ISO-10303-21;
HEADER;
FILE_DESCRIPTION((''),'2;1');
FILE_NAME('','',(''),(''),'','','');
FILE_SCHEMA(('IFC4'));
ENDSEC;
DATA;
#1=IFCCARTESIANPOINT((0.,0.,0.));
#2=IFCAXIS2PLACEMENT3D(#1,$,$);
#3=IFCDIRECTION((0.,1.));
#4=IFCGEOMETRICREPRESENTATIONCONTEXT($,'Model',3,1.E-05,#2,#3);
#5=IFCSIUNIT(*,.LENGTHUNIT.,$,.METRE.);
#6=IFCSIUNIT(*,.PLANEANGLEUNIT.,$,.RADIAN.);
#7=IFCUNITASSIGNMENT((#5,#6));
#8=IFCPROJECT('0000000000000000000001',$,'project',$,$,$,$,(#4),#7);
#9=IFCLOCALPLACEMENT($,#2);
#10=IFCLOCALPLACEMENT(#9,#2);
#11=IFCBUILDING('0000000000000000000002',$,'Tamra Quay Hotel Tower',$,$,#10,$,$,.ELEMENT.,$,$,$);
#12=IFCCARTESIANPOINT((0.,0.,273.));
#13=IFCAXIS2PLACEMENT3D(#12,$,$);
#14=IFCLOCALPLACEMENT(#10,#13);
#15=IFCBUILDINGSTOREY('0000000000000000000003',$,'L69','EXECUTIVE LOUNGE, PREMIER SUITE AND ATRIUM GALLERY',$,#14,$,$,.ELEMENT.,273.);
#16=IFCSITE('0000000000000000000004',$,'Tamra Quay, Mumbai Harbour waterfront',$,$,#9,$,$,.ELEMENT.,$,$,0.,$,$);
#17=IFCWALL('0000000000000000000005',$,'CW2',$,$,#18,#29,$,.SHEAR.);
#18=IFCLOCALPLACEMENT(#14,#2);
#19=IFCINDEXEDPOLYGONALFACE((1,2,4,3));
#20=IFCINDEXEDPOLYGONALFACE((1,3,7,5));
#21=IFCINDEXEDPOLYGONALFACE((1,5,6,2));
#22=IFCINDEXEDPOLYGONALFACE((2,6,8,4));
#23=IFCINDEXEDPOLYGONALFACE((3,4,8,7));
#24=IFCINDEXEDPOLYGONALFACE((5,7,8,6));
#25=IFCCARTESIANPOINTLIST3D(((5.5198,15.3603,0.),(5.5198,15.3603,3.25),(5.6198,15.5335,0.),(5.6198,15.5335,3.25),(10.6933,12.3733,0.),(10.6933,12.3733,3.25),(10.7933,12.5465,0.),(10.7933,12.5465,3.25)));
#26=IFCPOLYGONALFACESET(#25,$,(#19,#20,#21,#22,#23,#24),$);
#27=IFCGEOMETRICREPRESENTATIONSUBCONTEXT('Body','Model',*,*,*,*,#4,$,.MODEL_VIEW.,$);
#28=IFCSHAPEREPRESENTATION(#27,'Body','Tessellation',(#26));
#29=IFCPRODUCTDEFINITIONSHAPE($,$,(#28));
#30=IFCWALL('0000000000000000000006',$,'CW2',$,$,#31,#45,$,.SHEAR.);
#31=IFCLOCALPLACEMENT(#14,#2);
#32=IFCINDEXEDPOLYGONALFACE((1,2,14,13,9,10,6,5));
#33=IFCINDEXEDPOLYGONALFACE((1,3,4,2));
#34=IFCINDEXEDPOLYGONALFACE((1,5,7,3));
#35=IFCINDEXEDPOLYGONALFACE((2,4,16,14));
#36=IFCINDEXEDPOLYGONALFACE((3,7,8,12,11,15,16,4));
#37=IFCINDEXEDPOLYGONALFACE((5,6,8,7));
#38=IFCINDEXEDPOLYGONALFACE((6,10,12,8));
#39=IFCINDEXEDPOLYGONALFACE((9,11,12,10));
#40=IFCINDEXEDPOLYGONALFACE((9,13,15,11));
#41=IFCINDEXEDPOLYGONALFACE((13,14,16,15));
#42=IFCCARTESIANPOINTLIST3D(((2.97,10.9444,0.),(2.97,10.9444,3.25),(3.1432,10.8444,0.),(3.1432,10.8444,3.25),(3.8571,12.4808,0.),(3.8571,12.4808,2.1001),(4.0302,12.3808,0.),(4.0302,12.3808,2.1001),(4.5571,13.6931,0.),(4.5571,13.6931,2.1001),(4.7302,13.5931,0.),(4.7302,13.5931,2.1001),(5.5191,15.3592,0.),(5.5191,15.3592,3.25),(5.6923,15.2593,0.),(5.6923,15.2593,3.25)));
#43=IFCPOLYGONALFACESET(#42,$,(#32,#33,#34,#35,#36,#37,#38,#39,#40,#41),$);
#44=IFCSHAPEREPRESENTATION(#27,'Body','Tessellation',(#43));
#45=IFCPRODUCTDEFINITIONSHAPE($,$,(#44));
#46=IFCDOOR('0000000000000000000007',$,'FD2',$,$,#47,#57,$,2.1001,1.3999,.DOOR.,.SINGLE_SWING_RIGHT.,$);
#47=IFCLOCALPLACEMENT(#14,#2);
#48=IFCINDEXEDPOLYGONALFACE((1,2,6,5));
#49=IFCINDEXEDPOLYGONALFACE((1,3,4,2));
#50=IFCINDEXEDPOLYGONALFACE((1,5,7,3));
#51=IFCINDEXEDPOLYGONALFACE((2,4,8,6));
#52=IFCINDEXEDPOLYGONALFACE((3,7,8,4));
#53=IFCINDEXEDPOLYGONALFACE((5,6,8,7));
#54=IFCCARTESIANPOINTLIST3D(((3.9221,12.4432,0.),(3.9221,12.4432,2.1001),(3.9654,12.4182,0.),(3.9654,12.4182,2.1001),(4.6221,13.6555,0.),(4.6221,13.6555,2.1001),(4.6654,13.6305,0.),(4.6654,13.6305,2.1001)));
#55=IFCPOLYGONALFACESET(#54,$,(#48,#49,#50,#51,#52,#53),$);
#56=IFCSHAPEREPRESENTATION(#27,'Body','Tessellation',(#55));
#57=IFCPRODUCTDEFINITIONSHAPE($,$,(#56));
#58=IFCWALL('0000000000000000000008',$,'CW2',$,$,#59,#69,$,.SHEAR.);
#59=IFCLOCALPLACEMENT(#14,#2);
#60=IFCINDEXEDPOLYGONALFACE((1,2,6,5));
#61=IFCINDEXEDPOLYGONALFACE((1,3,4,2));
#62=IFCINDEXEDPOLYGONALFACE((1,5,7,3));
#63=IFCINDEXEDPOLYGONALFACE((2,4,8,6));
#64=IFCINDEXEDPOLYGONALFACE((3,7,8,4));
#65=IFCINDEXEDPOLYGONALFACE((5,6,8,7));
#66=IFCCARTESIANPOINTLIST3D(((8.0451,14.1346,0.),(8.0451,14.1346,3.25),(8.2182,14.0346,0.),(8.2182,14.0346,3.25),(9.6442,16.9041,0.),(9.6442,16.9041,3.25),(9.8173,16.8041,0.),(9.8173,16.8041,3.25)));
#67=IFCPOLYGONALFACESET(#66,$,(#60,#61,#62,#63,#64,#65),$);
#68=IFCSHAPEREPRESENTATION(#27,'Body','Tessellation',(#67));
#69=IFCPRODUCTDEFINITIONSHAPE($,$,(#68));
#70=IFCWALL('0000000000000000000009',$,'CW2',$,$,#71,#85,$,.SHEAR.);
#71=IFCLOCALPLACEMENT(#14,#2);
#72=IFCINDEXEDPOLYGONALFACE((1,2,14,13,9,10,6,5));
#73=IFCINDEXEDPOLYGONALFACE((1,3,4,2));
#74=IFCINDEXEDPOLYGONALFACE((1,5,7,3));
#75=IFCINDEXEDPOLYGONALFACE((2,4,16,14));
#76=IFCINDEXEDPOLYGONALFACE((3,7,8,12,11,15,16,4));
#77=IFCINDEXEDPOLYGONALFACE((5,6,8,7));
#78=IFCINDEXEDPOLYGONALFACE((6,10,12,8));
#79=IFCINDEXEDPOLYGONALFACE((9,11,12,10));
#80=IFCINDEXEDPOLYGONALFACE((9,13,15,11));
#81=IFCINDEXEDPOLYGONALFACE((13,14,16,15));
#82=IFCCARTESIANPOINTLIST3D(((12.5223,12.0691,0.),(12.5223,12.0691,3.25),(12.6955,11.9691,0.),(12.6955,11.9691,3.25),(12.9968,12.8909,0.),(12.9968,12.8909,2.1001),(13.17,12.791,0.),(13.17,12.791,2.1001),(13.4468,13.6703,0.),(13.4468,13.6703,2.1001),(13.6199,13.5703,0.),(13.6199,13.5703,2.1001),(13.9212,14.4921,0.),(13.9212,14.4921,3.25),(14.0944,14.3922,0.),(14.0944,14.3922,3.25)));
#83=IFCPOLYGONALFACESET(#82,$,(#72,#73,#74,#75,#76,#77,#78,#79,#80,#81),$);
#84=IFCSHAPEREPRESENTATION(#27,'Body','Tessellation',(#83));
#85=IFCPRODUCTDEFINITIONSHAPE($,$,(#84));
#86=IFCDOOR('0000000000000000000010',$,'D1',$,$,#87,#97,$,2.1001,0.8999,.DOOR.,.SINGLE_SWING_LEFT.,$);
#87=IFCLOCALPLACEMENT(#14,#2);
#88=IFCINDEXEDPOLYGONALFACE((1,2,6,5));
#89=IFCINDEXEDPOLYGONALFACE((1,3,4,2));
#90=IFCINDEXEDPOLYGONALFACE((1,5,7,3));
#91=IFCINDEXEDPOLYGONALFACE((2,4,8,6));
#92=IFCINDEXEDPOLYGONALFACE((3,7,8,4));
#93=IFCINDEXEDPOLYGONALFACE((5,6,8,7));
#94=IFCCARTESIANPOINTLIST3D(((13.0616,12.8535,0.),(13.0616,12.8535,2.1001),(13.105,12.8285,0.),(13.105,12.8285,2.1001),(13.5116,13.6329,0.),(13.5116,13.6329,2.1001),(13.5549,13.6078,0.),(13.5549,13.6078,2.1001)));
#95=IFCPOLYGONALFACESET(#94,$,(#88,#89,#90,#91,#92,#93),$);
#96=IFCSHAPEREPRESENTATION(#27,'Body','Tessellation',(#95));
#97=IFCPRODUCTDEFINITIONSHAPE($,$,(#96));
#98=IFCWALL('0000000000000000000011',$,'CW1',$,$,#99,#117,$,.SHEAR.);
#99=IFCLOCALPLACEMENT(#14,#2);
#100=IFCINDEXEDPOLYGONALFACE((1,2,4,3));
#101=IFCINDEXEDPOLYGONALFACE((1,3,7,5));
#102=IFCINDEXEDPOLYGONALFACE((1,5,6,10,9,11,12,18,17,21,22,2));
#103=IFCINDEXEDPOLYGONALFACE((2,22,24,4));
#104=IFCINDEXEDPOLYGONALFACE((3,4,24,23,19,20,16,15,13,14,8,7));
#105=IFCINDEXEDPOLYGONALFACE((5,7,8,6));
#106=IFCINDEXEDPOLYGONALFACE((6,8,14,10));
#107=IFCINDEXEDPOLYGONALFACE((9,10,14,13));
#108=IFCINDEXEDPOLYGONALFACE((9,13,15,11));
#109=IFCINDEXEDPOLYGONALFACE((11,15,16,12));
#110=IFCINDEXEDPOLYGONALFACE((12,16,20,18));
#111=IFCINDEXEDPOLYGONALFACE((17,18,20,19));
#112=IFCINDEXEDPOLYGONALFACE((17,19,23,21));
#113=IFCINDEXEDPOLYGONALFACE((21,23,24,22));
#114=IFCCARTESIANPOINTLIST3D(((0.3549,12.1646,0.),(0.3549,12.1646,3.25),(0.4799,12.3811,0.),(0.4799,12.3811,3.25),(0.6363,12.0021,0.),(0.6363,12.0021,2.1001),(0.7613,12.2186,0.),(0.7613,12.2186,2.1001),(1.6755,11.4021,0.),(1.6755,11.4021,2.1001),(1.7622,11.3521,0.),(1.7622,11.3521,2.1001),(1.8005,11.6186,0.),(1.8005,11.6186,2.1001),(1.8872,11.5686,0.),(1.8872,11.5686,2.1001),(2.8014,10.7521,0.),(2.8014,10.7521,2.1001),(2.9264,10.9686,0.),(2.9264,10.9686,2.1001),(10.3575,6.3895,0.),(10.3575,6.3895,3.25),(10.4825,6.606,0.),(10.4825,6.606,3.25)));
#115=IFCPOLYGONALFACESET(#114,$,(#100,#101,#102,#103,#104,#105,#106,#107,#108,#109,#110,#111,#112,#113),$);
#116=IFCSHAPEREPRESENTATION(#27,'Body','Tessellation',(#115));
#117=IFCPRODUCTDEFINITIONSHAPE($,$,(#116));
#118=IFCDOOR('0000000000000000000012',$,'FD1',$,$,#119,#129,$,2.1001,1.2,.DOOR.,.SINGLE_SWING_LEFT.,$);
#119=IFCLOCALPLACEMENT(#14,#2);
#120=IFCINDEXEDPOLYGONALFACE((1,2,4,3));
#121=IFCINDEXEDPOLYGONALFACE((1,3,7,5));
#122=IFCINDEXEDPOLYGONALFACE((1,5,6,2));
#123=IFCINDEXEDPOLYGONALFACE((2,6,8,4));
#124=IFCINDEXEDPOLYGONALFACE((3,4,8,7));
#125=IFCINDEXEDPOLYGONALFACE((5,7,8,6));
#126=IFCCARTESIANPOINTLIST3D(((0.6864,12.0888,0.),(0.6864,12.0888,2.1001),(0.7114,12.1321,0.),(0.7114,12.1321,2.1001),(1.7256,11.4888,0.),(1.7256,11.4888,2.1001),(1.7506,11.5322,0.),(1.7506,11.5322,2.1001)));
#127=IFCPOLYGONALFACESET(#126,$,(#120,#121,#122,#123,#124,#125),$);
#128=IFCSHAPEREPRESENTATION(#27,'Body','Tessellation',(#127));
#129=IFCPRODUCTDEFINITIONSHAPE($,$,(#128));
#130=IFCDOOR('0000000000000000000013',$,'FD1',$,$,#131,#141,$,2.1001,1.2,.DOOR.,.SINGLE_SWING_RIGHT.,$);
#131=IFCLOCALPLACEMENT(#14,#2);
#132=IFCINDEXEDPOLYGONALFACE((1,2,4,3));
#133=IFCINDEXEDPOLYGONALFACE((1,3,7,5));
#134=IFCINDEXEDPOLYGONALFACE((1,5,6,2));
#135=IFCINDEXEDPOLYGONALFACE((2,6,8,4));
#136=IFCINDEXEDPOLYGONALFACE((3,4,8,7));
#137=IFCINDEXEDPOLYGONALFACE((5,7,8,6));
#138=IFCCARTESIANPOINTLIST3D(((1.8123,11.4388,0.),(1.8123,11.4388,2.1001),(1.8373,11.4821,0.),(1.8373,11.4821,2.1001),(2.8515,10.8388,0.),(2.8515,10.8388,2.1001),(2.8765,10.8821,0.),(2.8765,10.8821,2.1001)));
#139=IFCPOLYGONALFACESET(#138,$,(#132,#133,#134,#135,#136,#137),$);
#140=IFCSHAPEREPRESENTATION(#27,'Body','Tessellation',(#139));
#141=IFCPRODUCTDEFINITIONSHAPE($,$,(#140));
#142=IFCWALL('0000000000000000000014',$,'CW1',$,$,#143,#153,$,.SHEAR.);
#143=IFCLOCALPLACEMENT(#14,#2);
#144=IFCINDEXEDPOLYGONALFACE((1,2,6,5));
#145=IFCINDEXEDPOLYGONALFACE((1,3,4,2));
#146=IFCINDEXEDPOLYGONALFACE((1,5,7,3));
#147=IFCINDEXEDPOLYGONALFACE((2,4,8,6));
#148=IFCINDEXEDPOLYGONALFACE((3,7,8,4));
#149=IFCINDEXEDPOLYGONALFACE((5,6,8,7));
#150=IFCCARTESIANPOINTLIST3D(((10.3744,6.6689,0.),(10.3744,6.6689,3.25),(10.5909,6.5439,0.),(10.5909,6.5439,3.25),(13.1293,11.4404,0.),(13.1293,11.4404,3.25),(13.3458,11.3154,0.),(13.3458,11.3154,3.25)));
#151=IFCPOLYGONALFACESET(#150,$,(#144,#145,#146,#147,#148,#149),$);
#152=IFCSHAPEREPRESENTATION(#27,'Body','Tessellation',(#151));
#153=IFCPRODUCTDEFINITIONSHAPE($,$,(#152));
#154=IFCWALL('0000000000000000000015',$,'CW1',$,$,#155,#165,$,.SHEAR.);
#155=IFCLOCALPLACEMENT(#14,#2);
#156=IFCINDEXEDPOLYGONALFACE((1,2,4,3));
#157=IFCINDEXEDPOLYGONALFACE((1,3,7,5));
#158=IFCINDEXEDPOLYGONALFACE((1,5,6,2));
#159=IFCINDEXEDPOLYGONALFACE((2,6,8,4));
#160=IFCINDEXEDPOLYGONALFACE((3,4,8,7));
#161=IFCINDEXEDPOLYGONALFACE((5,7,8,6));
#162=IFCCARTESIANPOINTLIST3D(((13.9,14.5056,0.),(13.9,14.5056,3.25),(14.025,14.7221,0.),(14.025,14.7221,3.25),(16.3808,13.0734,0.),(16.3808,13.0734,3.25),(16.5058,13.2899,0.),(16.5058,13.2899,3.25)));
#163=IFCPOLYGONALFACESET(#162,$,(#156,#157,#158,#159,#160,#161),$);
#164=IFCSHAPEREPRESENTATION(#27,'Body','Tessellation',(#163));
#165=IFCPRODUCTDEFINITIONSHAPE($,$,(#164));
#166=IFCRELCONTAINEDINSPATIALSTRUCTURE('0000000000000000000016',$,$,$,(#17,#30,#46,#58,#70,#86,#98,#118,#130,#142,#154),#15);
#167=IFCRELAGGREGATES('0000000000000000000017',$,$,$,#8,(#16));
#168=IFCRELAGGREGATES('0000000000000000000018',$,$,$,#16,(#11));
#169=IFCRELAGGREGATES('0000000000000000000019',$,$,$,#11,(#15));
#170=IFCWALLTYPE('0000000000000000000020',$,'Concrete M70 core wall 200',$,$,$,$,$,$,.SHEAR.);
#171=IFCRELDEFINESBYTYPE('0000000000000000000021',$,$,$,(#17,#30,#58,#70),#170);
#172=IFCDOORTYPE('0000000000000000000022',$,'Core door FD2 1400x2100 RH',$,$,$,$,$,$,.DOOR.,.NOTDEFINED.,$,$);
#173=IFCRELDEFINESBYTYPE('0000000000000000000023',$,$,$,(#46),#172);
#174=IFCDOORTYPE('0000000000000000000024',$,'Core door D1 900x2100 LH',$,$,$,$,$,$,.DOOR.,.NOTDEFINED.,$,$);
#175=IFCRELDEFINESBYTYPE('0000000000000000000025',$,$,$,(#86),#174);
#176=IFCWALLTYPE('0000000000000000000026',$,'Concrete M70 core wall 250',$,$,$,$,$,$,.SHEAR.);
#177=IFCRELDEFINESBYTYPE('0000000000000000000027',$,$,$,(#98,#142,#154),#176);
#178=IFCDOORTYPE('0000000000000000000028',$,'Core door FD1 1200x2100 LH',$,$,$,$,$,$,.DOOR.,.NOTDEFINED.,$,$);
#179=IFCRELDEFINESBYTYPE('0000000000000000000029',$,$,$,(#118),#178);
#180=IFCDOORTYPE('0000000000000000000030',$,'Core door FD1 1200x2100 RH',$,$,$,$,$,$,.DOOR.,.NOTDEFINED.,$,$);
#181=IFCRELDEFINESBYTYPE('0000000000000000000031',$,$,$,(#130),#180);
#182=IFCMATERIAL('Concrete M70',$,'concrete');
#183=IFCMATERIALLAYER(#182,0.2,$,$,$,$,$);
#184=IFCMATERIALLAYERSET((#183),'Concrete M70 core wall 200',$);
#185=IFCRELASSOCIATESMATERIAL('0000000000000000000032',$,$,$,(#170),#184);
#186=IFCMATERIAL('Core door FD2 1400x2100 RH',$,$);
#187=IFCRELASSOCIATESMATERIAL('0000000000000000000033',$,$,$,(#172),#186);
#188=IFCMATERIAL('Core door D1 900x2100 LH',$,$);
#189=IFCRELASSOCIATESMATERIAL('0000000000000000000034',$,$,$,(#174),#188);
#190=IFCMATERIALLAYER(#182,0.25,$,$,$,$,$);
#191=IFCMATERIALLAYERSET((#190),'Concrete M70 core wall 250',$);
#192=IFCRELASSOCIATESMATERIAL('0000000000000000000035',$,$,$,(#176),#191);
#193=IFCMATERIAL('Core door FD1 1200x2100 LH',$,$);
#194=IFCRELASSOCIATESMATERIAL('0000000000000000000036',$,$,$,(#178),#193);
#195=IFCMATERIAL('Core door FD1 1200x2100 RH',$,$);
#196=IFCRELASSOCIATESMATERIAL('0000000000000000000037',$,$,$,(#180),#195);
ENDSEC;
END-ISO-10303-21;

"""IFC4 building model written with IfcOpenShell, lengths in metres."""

from ifc_helpers import new_model, si_unit, direction, frame, frame_2d, origin, place, context, subcontext, project, spatial, rectangle, extrude, material, layer, layer_set, type_object, element, fill, save


model = new_model("IFC4")

# Units and contexts
model_context = context("Model", 3, precision=1e-05, world=origin(), true_north=direction((0.0, 1.0)))
body_context = subcontext(model_context, "Body", "Model", "MODEL_VIEW")
ifc_project = project(units=[si_unit("LENGTHUNIT", "METRE"), si_unit("PLANEANGLEUNIT", "RADIAN")], contexts=[model_context])

# Site, building, storey
site_placement = place(None, origin())
site = spatial("IfcSite", under=ifc_project, at=site_placement, Name="Tamra Quay, Mumbai Harbour waterfront", CompositionType="ELEMENT", RefElevation=0.0)
building_placement = place(site_placement, origin())
building = spatial("IfcBuilding", under=site, at=building_placement, Name="Tamra Quay Hotel Tower", CompositionType="ELEMENT")
storey_placement = place(building_placement, frame((0.0, 0.0, 273.0)))
storey = spatial("IfcBuildingStorey", under=building, at=storey_placement, Name="L69", Description="EXECUTIVE LOUNGE, PREMIER SUITE AND ATRIUM GALLERY", CompositionType="ELEMENT", Elevation=273.0)

# Wall
ifc_material_1 = material(Name="Concrete M70", Category="concrete")
ifc_layer_1 = layer(ifc_material_1, 0.2)
ifc_layer_set_1 = layer_set([ifc_layer_1], Name="Concrete M70 core wall 200")
wall_type_1 = type_object("IfcWallType", Name="Concrete M70 core wall 200", PredefinedType="SHEAR", material=ifc_layer_set_1)
wall_1_placement = place(storey_placement, frame((10.7432, 12.46, 0.0), z_axis=(0.0, 0.0, 1.0), x_axis=(-0.866019, 0.500011, 0.0)))
element("IfcWall", 1, at=wall_1_placement, inside=storey, type_object=wall_type_1, Name="CW2", PredefinedType="SHEAR", context=body_context, shape_type="SweptSolid", body=[
    extrude(rectangle(XDim=5.9739, YDim=0.2, at=frame_2d((2.9868, 0.0))), origin(), (0.0, 0.0, 1.0), 3.25),
])

# Wall, opening, door
wall_2_placement = place(storey_placement, frame((3.0566, 10.8945, 0.0), z_axis=(0.0, 0.0, 1.0), x_axis=(0.500028, 0.866009, 0.0)))
wall_2 = element("IfcWall", 2, at=wall_2_placement, inside=storey, type_object=wall_type_1, Name="CW2", PredefinedType="SHEAR", context=body_context, shape_type="SweptSolid", body=[
    extrude(rectangle(XDim=5.0979, YDim=0.2, at=frame_2d((2.5488, 0.0))), origin(), (0.0, 0.0, 1.0), 3.25),
])
opening_1_placement = place(wall_2_placement, frame((1.7739, 0.0, 0.0)))
opening_1 = element("IfcOpeningElement", 3, at=opening_1_placement, cuts=wall_2, PredefinedType="OPENING", context=body_context, shape_type="SweptSolid", body=[
    extrude(rectangle(XDim=1.3999, YDim=2.1001, at=frame_2d((0.7, 1.05))), frame((0.0, 0.1099, 0.0), z_axis=(0.0, -1.0, 0.0), x_axis=(1.0, 0.0, 0.0)), (0.0, 0.0, 1.0), 0.22),
])
ifc_material_2 = material(Name="Core door FD2 1400x2100 RH")
door_type_1 = type_object("IfcDoorType", Name="Core door FD2 1400x2100 RH", OperationType="NOTDEFINED", PredefinedType="DOOR", material=ifc_material_2)
door_1_placement = place(opening_1_placement, origin())
door_1 = element("IfcDoor", 4, at=door_1_placement, inside=storey, type_object=door_type_1, Name="FD2", OperationType="SINGLE_SWING_RIGHT", OverallHeight=2.1001, OverallWidth=1.3999, PredefinedType="DOOR", context=body_context, shape_type="SweptSolid", body=[
    extrude(rectangle(XDim=1.3999, YDim=2.1001, at=frame_2d((0.7, 1.05))), frame((0.0, 0.0249, 0.0), z_axis=(0.0, -1.0, 0.0), x_axis=(1.0, 0.0, 0.0)), (0.0, 0.0, 1.0), 0.05),
])
fill(opening_1, door_1)

# Wall
wall_3_placement = place(storey_placement, frame((8.1316, 14.0845, 0.0), z_axis=(0.0, 0.0, 1.0), x_axis=(0.500031, 0.866008, 0.0)))
element("IfcWall", 5, at=wall_3_placement, inside=storey, type_object=wall_type_1, Name="CW2", PredefinedType="SHEAR", context=body_context, shape_type="SweptSolid", body=[
    extrude(rectangle(XDim=3.198, YDim=0.2, at=frame_2d((1.5991, 0.0))), origin(), (0.0, 0.0, 1.0), 3.25),
])

# Wall, opening, door
wall_4_placement = place(storey_placement, frame((14.0078, 14.4421, 0.0), z_axis=(0.0, 0.0, 1.0), x_axis=(-0.499987, -0.866033, 0.0)))
wall_4 = element("IfcWall", 6, at=wall_4_placement, inside=storey, type_object=wall_type_1, Name="CW2", PredefinedType="SHEAR", context=body_context, shape_type="SweptSolid", body=[
    extrude(rectangle(XDim=2.7979, YDim=0.2, at=frame_2d((1.3989, 0.0))), origin(), (0.0, 0.0, 1.0), 3.25),
])
opening_2_placement = place(wall_4_placement, frame((0.949, 0.0, 0.0)))
opening_2 = element("IfcOpeningElement", 7, at=opening_2_placement, cuts=wall_4, PredefinedType="OPENING", context=body_context, shape_type="SweptSolid", body=[
    extrude(rectangle(XDim=0.8999, YDim=2.1001, at=frame_2d((0.45, 1.05))), frame((0.0, 0.1099, 0.0), z_axis=(0.0, -1.0, 0.0), x_axis=(1.0, 0.0, 0.0)), (0.0, 0.0, 1.0), 0.22),
])
ifc_material_3 = material(Name="Core door D1 900x2100 LH")
door_type_2 = type_object("IfcDoorType", Name="Core door D1 900x2100 LH", OperationType="NOTDEFINED", PredefinedType="DOOR", material=ifc_material_3)
door_2_placement = place(opening_2_placement, origin())
door_2 = element("IfcDoor", 8, at=door_2_placement, inside=storey, type_object=door_type_2, Name="D1", OperationType="SINGLE_SWING_LEFT", OverallHeight=2.1001, OverallWidth=0.8999, PredefinedType="DOOR", context=body_context, shape_type="SweptSolid", body=[
    extrude(rectangle(XDim=0.8999, YDim=2.1001, at=frame_2d((0.45, 1.05))), frame((0.0, 0.0249, 0.0), z_axis=(0.0, -1.0, 0.0), x_axis=(1.0, 0.0, 0.0)), (0.0, 0.0, 1.0), 0.05),
])
fill(opening_2, door_2)

# Wall, openings, doors
ifc_layer_2 = layer(ifc_material_1, 0.25)
ifc_layer_set_2 = layer_set([ifc_layer_2], Name="Concrete M70 core wall 250")
wall_type_2 = type_object("IfcWallType", Name="Concrete M70 core wall 250", PredefinedType="SHEAR", material=ifc_layer_set_2)
wall_5_placement = place(storey_placement, frame((10.4199, 6.4978, 0.0), z_axis=(0.0, 0.0, 1.0), x_axis=(-0.866022, 0.500006, 0.0)))
wall_5 = element("IfcWall", 9, at=wall_5_placement, inside=storey, type_object=wall_type_2, Name="CW1", PredefinedType="SHEAR", context=body_context, shape_type="SweptSolid", body=[
    extrude(rectangle(XDim=11.55, YDim=0.25, at=frame_2d((5.7749, 0.0))), origin(), (0.0, 0.0, 1.0), 3.25),
])
opening_3_placement = place(wall_5_placement, frame((10.0249, 0.0, 0.0)))
opening_3 = element("IfcOpeningElement", 10, at=opening_3_placement, cuts=wall_5, PredefinedType="OPENING", context=body_context, shape_type="SweptSolid", body=[
    extrude(rectangle(XDim=1.2, YDim=2.1001, at=frame_2d((0.6001, 1.05))), frame((0.0, 0.135, 0.0), z_axis=(0.0, -1.0, 0.0), x_axis=(1.0, 0.0, 0.0)), (0.0, 0.0, 1.0), 0.27),
])
opening_4_placement = place(wall_5_placement, frame((8.7249, 0.0, 0.0)))
opening_4 = element("IfcOpeningElement", 11, at=opening_4_placement, cuts=wall_5, PredefinedType="OPENING", context=body_context, shape_type="SweptSolid", body=[
    extrude(rectangle(XDim=1.2, YDim=2.1001, at=frame_2d((0.6001, 1.05))), frame((0.0, 0.135, 0.0), z_axis=(0.0, -1.0, 0.0), x_axis=(1.0, 0.0, 0.0)), (0.0, 0.0, 1.0), 0.27),
])
ifc_material_4 = material(Name="Core door FD1 1200x2100 LH")
door_type_3 = type_object("IfcDoorType", Name="Core door FD1 1200x2100 LH", OperationType="NOTDEFINED", PredefinedType="DOOR", material=ifc_material_4)
door_3_placement = place(opening_3_placement, origin())
door_3 = element("IfcDoor", 12, at=door_3_placement, inside=storey, type_object=door_type_3, Name="FD1", OperationType="SINGLE_SWING_LEFT", OverallHeight=2.1001, OverallWidth=1.2, PredefinedType="DOOR", context=body_context, shape_type="SweptSolid", body=[
    extrude(rectangle(XDim=1.2, YDim=2.1001, at=frame_2d((0.6001, 1.05))), frame((0.0, 0.0249, 0.0), z_axis=(0.0, -1.0, 0.0), x_axis=(1.0, 0.0, 0.0)), (0.0, 0.0, 1.0), 0.05),
])
fill(opening_3, door_3)
ifc_material_5 = material(Name="Core door FD1 1200x2100 RH")
door_type_4 = type_object("IfcDoorType", Name="Core door FD1 1200x2100 RH", OperationType="NOTDEFINED", PredefinedType="DOOR", material=ifc_material_5)
door_4_placement = place(opening_4_placement, origin())
door_4 = element("IfcDoor", 13, at=door_4_placement, inside=storey, type_object=door_type_4, Name="FD1", OperationType="SINGLE_SWING_RIGHT", OverallHeight=2.1001, OverallWidth=1.2, PredefinedType="DOOR", context=body_context, shape_type="SweptSolid", body=[
    extrude(rectangle(XDim=1.2, YDim=2.1001, at=frame_2d((0.6001, 1.05))), frame((0.0, 0.0249, 0.0), z_axis=(0.0, -1.0, 0.0), x_axis=(1.0, 0.0, 0.0)), (0.0, 0.0, 1.0), 0.05),
])
fill(opening_4, door_4)

# Walls
wall_6_placement = place(storey_placement, frame((13.2375, 11.3779, 0.0), z_axis=(0.0, 0.0, 1.0), x_axis=(-0.500009, -0.86602, 0.0)))
element("IfcWall", 14, at=wall_6_placement, inside=storey, type_object=wall_type_2, Name="CW1", PredefinedType="SHEAR", context=body_context, shape_type="SweptSolid", body=[
    extrude(rectangle(XDim=5.5098, YDim=0.25, at=frame_2d((2.7549, 0.0))), origin(), (0.0, 0.0, 1.0), 3.25),
])
wall_7_placement = place(storey_placement, frame((13.9626, 14.6138, 0.0), z_axis=(0.0, 0.0, 1.0), x_axis=(0.866042, -0.499971, 0.0)))
element("IfcWall", 15, at=wall_7_placement, inside=storey, type_object=wall_type_2, Name="CW1", PredefinedType="SHEAR", context=body_context, shape_type="SweptSolid", body=[
    extrude(rectangle(XDim=2.8645, YDim=0.25, at=frame_2d((1.4321, 0.0))), origin(), (0.0, 0.0, 1.0), 3.25),
])

save(model, "model.ifc")
